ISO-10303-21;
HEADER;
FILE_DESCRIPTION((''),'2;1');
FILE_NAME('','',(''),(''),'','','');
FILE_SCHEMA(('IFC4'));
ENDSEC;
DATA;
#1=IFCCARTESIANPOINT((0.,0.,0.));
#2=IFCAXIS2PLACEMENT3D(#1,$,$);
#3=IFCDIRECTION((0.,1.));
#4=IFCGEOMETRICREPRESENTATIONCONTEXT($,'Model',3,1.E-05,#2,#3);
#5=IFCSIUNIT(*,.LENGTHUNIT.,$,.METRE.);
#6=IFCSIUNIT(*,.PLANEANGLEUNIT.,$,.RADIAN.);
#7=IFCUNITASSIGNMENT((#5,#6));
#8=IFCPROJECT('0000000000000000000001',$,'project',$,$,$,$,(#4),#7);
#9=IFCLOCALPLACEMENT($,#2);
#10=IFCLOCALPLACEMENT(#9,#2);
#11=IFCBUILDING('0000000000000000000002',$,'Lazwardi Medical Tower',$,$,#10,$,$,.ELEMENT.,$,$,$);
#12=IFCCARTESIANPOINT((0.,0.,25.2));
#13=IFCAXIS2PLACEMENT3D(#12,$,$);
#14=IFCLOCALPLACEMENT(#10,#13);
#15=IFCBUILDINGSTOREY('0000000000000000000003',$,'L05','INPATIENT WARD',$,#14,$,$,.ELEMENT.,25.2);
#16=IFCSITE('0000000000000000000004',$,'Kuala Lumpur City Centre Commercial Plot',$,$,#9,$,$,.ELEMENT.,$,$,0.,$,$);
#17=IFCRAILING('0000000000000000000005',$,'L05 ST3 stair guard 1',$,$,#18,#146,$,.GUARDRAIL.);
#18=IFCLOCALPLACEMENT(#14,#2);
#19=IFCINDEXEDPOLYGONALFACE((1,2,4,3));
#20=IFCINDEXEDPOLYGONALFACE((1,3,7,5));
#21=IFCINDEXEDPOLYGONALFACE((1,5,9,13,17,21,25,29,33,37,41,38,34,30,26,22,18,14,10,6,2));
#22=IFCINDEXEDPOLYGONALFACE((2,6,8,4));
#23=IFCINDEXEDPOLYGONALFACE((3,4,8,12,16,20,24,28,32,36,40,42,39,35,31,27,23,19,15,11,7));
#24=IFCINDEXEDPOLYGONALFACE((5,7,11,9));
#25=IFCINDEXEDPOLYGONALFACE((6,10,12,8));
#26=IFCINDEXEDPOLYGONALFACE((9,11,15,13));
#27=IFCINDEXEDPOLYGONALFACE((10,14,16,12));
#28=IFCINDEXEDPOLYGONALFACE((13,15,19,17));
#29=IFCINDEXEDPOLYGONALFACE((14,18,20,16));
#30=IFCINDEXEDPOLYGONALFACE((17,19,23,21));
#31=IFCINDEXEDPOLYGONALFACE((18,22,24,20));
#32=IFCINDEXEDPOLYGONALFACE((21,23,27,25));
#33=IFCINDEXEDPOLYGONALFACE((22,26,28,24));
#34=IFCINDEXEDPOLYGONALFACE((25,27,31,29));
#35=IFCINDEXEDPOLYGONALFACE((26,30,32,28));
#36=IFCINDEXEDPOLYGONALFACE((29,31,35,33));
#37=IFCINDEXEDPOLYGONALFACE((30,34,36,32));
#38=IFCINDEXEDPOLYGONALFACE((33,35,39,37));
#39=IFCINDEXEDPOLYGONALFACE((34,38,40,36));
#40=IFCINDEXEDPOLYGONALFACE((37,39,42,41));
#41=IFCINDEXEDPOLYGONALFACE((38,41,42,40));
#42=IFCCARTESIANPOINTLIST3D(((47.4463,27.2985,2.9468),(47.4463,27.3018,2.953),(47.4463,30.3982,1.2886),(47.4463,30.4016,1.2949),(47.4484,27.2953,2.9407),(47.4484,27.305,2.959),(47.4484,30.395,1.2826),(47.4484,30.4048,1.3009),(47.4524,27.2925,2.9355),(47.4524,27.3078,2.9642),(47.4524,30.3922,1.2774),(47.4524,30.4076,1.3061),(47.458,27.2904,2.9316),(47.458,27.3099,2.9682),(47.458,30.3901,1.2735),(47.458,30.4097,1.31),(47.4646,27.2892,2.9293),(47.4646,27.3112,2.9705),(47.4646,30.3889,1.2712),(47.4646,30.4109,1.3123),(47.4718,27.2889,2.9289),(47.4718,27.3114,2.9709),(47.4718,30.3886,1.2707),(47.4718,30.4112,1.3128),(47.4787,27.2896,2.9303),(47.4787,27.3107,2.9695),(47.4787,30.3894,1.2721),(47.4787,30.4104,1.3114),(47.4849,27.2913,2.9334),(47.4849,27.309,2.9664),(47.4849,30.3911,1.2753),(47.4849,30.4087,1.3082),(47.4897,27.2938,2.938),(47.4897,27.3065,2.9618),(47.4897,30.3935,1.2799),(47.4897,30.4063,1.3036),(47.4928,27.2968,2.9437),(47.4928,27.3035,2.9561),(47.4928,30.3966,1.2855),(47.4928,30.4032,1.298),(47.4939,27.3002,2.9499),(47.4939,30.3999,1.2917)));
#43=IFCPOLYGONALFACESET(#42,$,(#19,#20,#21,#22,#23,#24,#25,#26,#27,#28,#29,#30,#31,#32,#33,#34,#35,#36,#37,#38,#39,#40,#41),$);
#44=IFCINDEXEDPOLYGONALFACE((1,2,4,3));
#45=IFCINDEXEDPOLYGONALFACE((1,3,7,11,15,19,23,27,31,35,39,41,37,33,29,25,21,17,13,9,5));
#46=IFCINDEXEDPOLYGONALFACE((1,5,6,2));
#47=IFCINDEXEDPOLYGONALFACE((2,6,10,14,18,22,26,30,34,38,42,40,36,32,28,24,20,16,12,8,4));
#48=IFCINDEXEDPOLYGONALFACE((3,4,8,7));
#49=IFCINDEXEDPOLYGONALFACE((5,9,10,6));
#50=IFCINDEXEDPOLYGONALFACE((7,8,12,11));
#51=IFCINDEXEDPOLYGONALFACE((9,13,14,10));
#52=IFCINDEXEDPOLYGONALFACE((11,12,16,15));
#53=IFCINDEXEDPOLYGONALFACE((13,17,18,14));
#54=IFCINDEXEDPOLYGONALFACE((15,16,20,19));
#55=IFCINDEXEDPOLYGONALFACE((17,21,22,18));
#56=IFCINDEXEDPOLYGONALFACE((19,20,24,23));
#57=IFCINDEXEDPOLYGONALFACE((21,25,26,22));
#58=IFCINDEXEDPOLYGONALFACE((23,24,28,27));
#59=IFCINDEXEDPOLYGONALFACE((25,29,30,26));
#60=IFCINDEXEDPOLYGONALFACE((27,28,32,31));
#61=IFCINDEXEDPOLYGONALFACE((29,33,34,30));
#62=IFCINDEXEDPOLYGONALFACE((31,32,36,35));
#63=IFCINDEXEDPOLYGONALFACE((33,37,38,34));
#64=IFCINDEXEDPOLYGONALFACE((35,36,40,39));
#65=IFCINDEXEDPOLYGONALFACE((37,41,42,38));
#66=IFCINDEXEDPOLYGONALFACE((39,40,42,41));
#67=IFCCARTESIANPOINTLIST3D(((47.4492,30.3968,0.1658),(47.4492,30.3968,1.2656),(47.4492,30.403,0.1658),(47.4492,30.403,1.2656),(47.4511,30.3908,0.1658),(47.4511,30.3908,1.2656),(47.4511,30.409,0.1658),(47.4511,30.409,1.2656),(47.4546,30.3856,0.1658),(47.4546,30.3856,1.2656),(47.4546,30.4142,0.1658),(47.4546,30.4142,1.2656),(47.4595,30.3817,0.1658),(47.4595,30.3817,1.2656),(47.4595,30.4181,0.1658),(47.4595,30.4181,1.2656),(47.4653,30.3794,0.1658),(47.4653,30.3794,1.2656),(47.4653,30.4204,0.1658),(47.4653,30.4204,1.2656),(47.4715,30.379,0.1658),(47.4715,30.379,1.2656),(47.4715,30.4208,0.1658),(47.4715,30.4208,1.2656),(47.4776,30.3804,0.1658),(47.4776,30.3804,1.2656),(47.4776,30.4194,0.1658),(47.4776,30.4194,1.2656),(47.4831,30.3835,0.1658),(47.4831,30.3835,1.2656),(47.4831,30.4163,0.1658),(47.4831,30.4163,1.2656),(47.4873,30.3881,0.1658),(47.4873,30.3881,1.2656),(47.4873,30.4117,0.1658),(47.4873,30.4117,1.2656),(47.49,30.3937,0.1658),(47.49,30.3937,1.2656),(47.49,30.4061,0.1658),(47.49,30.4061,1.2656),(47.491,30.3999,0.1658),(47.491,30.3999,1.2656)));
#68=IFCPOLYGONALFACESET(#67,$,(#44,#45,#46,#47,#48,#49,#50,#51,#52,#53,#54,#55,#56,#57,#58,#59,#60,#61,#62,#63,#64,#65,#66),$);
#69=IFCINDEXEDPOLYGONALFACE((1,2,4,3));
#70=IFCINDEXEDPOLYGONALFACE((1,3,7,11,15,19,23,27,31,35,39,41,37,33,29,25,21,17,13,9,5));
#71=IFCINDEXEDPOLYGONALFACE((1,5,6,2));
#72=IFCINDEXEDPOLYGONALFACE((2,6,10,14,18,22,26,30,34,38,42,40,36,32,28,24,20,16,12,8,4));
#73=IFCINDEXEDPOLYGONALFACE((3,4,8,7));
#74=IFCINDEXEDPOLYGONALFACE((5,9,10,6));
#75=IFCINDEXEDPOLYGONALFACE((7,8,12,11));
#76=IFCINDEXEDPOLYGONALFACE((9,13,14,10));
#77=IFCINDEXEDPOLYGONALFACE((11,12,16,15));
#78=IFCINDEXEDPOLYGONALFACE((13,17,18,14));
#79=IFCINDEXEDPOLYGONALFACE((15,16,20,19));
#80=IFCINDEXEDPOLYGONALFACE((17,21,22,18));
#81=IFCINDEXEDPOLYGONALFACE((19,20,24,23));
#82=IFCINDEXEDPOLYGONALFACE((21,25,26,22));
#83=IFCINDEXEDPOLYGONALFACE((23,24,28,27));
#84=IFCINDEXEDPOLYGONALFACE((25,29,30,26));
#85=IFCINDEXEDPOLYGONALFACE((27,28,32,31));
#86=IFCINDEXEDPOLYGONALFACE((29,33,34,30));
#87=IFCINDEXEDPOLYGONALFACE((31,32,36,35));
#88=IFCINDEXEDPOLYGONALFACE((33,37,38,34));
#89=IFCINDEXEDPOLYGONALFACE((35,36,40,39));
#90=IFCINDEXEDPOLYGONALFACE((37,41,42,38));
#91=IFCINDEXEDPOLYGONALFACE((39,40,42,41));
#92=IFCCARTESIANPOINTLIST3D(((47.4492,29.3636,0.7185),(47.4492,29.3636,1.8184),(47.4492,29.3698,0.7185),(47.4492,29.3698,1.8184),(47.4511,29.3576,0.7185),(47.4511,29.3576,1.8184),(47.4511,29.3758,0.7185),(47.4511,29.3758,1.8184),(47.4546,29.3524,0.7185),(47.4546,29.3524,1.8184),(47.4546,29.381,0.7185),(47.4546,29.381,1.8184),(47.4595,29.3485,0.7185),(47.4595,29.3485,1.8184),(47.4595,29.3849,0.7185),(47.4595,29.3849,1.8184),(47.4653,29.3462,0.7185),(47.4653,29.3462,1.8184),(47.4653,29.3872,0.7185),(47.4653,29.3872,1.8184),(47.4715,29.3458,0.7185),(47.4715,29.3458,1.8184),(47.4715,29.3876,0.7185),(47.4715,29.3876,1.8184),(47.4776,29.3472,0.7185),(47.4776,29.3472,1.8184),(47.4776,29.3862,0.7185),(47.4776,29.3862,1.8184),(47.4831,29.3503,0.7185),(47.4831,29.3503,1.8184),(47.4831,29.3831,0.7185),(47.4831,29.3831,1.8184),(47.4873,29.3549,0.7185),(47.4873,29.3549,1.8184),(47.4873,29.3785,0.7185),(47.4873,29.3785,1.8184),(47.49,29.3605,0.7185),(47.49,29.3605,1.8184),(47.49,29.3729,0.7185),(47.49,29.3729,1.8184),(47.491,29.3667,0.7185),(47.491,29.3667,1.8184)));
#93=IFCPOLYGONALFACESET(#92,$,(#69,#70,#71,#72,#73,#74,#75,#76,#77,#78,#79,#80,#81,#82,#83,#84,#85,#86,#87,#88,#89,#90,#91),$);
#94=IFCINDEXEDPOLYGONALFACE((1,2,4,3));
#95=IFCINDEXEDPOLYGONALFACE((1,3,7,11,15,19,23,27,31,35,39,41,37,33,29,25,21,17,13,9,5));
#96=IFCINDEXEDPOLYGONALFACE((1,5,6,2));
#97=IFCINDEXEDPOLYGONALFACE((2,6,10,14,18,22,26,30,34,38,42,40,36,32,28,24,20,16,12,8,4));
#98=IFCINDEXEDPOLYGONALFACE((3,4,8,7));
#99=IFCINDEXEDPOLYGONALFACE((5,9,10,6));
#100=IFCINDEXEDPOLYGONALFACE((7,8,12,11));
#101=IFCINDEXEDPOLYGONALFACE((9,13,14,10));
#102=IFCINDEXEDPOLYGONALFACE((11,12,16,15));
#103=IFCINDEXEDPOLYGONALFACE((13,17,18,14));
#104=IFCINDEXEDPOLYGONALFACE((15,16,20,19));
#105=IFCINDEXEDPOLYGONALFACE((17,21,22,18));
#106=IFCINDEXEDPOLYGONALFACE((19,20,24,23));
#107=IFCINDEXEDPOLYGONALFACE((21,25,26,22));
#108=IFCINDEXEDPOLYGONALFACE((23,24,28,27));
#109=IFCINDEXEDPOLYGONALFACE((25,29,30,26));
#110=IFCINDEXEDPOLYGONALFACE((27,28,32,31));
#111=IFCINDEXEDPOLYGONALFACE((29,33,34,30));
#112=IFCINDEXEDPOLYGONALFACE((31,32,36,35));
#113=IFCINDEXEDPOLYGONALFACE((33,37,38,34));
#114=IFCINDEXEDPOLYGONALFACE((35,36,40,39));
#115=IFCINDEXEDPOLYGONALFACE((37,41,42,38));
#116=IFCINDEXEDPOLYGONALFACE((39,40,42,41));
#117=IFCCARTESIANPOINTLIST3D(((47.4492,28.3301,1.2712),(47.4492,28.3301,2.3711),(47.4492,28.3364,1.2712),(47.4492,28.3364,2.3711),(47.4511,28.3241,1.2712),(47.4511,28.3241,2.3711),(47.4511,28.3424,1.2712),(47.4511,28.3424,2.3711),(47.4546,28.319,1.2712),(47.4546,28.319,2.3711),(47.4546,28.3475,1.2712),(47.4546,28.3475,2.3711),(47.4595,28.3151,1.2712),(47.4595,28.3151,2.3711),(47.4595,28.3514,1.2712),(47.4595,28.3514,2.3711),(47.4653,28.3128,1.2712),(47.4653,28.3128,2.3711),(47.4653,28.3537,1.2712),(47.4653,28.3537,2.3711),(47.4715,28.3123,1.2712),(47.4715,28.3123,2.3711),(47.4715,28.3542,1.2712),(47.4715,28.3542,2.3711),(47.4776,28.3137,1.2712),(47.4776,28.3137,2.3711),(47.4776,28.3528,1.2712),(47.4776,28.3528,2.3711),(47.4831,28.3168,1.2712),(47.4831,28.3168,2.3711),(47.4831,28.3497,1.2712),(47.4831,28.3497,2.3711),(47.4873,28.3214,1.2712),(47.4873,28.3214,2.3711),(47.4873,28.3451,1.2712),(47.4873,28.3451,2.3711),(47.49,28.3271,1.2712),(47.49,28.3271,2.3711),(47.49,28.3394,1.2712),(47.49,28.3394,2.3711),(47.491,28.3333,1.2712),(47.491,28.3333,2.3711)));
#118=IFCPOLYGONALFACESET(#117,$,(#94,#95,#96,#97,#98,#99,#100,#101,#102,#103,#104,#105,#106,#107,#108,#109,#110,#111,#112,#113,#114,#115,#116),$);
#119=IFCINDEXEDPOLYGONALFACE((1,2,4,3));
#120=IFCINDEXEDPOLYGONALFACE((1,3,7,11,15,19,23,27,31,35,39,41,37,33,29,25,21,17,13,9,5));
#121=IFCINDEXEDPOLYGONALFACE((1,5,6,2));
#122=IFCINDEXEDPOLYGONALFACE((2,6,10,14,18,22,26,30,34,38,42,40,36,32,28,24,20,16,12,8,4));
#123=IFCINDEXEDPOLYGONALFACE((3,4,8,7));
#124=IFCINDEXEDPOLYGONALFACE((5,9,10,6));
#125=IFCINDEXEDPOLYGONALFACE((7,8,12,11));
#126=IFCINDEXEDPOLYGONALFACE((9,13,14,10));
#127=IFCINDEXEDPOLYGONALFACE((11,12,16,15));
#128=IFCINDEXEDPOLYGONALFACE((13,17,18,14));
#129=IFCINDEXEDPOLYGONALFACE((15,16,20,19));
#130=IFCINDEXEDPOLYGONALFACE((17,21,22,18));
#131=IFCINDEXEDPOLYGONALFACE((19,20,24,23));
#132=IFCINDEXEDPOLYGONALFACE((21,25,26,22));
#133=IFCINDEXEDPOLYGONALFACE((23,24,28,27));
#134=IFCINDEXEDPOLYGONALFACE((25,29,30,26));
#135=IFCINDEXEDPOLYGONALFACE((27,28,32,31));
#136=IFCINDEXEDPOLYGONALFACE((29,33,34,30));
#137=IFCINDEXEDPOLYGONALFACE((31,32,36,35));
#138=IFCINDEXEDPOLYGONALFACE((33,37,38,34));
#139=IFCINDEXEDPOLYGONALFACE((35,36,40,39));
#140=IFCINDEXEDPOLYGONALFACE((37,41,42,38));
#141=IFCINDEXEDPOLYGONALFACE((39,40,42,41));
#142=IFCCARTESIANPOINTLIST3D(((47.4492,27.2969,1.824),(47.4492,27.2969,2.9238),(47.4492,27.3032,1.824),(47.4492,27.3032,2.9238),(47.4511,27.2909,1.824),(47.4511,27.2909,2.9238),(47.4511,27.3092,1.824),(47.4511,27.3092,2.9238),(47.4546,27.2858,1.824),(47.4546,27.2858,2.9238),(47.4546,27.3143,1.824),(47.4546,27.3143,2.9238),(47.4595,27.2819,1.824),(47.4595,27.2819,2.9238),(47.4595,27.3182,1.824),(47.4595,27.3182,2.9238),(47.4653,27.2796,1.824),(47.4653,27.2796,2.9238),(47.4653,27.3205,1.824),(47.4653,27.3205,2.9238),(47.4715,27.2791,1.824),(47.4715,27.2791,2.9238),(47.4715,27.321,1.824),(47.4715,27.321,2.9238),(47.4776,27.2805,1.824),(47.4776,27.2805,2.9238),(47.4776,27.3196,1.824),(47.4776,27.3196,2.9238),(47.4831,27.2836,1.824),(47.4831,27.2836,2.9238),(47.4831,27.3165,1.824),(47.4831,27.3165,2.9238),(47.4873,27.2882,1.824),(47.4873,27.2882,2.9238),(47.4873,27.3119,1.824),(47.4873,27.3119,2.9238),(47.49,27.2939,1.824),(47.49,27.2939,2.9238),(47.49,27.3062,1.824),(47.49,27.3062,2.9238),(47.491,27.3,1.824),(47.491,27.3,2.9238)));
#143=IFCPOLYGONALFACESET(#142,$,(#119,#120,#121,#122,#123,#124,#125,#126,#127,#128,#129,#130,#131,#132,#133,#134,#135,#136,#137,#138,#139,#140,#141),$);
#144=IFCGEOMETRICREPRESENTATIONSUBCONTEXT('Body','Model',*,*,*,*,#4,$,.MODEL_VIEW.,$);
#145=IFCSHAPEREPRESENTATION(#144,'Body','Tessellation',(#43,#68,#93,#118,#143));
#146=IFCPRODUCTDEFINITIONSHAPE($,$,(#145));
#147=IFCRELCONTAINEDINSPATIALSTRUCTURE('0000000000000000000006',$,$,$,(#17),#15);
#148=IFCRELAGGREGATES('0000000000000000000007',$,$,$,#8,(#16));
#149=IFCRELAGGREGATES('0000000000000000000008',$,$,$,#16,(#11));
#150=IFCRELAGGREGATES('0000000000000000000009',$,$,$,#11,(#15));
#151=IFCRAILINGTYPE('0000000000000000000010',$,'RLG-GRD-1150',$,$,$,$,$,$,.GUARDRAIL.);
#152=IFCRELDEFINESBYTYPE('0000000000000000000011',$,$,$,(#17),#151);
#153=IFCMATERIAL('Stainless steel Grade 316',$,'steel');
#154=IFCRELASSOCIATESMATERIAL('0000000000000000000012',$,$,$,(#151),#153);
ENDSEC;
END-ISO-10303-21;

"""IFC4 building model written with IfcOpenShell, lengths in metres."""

from ifc_helpers import new_model, si_unit, direction, frame, origin, origin_2d, place, context, subcontext, project, spatial, circle, extrude, material, type_object, element, save


model = new_model("IFC4")

# Units and contexts
model_context = context("Model", 3, precision=1e-05, world=origin(), true_north=direction((0.0, 1.0)))
body_context = subcontext(model_context, "Body", "Model", "MODEL_VIEW")
ifc_project = project(units=[si_unit("LENGTHUNIT", "METRE"), si_unit("PLANEANGLEUNIT", "RADIAN")], contexts=[model_context])

# Site, building, storey
site_placement = place(None, origin())
site = spatial("IfcSite", under=ifc_project, at=site_placement, Name="Kuala Lumpur City Centre Commercial Plot", CompositionType="ELEMENT", RefElevation=0.0)
building_placement = place(site_placement, origin())
building = spatial("IfcBuilding", under=site, at=building_placement, Name="Lazwardi Medical Tower", CompositionType="ELEMENT")
storey_placement = place(building_placement, frame((0.0, 0.0, 25.2)))
storey = spatial("IfcBuildingStorey", under=building, at=storey_placement, Name="L05", Description="INPATIENT WARD", CompositionType="ELEMENT", Elevation=25.2)

# Railing
ifc_material_1 = material(Name="Stainless steel Grade 316", Category="steel")
railing_type_1 = type_object("IfcRailingType", Name="RLG-GRD-1150", PredefinedType="GUARDRAIL", material=ifc_material_1)
railing_1_placement = place(storey_placement, frame((47.47, 30.3999, 0.1658)))
element("IfcRailing", 1, at=railing_1_placement, inside=storey, type_object=railing_type_1, Name="L05 ST3 stair guard 1", PredefinedType="GUARDRAIL", context=body_context, shape_type="SweptSolid", body=[
    extrude(circle(Radius=0.0239, at=origin_2d()), frame((0.0, 0.0, 1.126), z_axis=(0.0, -0.881768, 0.471684), x_axis=(1.0, 0.0, 0.0)), (0.0, 0.0, 1.0), 3.5154),
    extrude(circle(Radius=0.021, at=origin_2d()), origin(), (0.0, 0.0, 1.0), 1.0999),
    extrude(circle(Radius=0.021, at=origin_2d()), frame((0.0, -1.0332, 0.5527)), (0.0, 0.0, 1.0), 1.0999),
    extrude(circle(Radius=0.021, at=origin_2d()), frame((0.0, -2.0667, 1.1055)), (0.0, 0.0, 1.0), 1.0999),
    extrude(circle(Radius=0.021, at=origin_2d()), frame((0.0, -3.0999, 1.6582)), (0.0, 0.0, 1.0), 1.0999),
])

save(model, "model.ifc")
